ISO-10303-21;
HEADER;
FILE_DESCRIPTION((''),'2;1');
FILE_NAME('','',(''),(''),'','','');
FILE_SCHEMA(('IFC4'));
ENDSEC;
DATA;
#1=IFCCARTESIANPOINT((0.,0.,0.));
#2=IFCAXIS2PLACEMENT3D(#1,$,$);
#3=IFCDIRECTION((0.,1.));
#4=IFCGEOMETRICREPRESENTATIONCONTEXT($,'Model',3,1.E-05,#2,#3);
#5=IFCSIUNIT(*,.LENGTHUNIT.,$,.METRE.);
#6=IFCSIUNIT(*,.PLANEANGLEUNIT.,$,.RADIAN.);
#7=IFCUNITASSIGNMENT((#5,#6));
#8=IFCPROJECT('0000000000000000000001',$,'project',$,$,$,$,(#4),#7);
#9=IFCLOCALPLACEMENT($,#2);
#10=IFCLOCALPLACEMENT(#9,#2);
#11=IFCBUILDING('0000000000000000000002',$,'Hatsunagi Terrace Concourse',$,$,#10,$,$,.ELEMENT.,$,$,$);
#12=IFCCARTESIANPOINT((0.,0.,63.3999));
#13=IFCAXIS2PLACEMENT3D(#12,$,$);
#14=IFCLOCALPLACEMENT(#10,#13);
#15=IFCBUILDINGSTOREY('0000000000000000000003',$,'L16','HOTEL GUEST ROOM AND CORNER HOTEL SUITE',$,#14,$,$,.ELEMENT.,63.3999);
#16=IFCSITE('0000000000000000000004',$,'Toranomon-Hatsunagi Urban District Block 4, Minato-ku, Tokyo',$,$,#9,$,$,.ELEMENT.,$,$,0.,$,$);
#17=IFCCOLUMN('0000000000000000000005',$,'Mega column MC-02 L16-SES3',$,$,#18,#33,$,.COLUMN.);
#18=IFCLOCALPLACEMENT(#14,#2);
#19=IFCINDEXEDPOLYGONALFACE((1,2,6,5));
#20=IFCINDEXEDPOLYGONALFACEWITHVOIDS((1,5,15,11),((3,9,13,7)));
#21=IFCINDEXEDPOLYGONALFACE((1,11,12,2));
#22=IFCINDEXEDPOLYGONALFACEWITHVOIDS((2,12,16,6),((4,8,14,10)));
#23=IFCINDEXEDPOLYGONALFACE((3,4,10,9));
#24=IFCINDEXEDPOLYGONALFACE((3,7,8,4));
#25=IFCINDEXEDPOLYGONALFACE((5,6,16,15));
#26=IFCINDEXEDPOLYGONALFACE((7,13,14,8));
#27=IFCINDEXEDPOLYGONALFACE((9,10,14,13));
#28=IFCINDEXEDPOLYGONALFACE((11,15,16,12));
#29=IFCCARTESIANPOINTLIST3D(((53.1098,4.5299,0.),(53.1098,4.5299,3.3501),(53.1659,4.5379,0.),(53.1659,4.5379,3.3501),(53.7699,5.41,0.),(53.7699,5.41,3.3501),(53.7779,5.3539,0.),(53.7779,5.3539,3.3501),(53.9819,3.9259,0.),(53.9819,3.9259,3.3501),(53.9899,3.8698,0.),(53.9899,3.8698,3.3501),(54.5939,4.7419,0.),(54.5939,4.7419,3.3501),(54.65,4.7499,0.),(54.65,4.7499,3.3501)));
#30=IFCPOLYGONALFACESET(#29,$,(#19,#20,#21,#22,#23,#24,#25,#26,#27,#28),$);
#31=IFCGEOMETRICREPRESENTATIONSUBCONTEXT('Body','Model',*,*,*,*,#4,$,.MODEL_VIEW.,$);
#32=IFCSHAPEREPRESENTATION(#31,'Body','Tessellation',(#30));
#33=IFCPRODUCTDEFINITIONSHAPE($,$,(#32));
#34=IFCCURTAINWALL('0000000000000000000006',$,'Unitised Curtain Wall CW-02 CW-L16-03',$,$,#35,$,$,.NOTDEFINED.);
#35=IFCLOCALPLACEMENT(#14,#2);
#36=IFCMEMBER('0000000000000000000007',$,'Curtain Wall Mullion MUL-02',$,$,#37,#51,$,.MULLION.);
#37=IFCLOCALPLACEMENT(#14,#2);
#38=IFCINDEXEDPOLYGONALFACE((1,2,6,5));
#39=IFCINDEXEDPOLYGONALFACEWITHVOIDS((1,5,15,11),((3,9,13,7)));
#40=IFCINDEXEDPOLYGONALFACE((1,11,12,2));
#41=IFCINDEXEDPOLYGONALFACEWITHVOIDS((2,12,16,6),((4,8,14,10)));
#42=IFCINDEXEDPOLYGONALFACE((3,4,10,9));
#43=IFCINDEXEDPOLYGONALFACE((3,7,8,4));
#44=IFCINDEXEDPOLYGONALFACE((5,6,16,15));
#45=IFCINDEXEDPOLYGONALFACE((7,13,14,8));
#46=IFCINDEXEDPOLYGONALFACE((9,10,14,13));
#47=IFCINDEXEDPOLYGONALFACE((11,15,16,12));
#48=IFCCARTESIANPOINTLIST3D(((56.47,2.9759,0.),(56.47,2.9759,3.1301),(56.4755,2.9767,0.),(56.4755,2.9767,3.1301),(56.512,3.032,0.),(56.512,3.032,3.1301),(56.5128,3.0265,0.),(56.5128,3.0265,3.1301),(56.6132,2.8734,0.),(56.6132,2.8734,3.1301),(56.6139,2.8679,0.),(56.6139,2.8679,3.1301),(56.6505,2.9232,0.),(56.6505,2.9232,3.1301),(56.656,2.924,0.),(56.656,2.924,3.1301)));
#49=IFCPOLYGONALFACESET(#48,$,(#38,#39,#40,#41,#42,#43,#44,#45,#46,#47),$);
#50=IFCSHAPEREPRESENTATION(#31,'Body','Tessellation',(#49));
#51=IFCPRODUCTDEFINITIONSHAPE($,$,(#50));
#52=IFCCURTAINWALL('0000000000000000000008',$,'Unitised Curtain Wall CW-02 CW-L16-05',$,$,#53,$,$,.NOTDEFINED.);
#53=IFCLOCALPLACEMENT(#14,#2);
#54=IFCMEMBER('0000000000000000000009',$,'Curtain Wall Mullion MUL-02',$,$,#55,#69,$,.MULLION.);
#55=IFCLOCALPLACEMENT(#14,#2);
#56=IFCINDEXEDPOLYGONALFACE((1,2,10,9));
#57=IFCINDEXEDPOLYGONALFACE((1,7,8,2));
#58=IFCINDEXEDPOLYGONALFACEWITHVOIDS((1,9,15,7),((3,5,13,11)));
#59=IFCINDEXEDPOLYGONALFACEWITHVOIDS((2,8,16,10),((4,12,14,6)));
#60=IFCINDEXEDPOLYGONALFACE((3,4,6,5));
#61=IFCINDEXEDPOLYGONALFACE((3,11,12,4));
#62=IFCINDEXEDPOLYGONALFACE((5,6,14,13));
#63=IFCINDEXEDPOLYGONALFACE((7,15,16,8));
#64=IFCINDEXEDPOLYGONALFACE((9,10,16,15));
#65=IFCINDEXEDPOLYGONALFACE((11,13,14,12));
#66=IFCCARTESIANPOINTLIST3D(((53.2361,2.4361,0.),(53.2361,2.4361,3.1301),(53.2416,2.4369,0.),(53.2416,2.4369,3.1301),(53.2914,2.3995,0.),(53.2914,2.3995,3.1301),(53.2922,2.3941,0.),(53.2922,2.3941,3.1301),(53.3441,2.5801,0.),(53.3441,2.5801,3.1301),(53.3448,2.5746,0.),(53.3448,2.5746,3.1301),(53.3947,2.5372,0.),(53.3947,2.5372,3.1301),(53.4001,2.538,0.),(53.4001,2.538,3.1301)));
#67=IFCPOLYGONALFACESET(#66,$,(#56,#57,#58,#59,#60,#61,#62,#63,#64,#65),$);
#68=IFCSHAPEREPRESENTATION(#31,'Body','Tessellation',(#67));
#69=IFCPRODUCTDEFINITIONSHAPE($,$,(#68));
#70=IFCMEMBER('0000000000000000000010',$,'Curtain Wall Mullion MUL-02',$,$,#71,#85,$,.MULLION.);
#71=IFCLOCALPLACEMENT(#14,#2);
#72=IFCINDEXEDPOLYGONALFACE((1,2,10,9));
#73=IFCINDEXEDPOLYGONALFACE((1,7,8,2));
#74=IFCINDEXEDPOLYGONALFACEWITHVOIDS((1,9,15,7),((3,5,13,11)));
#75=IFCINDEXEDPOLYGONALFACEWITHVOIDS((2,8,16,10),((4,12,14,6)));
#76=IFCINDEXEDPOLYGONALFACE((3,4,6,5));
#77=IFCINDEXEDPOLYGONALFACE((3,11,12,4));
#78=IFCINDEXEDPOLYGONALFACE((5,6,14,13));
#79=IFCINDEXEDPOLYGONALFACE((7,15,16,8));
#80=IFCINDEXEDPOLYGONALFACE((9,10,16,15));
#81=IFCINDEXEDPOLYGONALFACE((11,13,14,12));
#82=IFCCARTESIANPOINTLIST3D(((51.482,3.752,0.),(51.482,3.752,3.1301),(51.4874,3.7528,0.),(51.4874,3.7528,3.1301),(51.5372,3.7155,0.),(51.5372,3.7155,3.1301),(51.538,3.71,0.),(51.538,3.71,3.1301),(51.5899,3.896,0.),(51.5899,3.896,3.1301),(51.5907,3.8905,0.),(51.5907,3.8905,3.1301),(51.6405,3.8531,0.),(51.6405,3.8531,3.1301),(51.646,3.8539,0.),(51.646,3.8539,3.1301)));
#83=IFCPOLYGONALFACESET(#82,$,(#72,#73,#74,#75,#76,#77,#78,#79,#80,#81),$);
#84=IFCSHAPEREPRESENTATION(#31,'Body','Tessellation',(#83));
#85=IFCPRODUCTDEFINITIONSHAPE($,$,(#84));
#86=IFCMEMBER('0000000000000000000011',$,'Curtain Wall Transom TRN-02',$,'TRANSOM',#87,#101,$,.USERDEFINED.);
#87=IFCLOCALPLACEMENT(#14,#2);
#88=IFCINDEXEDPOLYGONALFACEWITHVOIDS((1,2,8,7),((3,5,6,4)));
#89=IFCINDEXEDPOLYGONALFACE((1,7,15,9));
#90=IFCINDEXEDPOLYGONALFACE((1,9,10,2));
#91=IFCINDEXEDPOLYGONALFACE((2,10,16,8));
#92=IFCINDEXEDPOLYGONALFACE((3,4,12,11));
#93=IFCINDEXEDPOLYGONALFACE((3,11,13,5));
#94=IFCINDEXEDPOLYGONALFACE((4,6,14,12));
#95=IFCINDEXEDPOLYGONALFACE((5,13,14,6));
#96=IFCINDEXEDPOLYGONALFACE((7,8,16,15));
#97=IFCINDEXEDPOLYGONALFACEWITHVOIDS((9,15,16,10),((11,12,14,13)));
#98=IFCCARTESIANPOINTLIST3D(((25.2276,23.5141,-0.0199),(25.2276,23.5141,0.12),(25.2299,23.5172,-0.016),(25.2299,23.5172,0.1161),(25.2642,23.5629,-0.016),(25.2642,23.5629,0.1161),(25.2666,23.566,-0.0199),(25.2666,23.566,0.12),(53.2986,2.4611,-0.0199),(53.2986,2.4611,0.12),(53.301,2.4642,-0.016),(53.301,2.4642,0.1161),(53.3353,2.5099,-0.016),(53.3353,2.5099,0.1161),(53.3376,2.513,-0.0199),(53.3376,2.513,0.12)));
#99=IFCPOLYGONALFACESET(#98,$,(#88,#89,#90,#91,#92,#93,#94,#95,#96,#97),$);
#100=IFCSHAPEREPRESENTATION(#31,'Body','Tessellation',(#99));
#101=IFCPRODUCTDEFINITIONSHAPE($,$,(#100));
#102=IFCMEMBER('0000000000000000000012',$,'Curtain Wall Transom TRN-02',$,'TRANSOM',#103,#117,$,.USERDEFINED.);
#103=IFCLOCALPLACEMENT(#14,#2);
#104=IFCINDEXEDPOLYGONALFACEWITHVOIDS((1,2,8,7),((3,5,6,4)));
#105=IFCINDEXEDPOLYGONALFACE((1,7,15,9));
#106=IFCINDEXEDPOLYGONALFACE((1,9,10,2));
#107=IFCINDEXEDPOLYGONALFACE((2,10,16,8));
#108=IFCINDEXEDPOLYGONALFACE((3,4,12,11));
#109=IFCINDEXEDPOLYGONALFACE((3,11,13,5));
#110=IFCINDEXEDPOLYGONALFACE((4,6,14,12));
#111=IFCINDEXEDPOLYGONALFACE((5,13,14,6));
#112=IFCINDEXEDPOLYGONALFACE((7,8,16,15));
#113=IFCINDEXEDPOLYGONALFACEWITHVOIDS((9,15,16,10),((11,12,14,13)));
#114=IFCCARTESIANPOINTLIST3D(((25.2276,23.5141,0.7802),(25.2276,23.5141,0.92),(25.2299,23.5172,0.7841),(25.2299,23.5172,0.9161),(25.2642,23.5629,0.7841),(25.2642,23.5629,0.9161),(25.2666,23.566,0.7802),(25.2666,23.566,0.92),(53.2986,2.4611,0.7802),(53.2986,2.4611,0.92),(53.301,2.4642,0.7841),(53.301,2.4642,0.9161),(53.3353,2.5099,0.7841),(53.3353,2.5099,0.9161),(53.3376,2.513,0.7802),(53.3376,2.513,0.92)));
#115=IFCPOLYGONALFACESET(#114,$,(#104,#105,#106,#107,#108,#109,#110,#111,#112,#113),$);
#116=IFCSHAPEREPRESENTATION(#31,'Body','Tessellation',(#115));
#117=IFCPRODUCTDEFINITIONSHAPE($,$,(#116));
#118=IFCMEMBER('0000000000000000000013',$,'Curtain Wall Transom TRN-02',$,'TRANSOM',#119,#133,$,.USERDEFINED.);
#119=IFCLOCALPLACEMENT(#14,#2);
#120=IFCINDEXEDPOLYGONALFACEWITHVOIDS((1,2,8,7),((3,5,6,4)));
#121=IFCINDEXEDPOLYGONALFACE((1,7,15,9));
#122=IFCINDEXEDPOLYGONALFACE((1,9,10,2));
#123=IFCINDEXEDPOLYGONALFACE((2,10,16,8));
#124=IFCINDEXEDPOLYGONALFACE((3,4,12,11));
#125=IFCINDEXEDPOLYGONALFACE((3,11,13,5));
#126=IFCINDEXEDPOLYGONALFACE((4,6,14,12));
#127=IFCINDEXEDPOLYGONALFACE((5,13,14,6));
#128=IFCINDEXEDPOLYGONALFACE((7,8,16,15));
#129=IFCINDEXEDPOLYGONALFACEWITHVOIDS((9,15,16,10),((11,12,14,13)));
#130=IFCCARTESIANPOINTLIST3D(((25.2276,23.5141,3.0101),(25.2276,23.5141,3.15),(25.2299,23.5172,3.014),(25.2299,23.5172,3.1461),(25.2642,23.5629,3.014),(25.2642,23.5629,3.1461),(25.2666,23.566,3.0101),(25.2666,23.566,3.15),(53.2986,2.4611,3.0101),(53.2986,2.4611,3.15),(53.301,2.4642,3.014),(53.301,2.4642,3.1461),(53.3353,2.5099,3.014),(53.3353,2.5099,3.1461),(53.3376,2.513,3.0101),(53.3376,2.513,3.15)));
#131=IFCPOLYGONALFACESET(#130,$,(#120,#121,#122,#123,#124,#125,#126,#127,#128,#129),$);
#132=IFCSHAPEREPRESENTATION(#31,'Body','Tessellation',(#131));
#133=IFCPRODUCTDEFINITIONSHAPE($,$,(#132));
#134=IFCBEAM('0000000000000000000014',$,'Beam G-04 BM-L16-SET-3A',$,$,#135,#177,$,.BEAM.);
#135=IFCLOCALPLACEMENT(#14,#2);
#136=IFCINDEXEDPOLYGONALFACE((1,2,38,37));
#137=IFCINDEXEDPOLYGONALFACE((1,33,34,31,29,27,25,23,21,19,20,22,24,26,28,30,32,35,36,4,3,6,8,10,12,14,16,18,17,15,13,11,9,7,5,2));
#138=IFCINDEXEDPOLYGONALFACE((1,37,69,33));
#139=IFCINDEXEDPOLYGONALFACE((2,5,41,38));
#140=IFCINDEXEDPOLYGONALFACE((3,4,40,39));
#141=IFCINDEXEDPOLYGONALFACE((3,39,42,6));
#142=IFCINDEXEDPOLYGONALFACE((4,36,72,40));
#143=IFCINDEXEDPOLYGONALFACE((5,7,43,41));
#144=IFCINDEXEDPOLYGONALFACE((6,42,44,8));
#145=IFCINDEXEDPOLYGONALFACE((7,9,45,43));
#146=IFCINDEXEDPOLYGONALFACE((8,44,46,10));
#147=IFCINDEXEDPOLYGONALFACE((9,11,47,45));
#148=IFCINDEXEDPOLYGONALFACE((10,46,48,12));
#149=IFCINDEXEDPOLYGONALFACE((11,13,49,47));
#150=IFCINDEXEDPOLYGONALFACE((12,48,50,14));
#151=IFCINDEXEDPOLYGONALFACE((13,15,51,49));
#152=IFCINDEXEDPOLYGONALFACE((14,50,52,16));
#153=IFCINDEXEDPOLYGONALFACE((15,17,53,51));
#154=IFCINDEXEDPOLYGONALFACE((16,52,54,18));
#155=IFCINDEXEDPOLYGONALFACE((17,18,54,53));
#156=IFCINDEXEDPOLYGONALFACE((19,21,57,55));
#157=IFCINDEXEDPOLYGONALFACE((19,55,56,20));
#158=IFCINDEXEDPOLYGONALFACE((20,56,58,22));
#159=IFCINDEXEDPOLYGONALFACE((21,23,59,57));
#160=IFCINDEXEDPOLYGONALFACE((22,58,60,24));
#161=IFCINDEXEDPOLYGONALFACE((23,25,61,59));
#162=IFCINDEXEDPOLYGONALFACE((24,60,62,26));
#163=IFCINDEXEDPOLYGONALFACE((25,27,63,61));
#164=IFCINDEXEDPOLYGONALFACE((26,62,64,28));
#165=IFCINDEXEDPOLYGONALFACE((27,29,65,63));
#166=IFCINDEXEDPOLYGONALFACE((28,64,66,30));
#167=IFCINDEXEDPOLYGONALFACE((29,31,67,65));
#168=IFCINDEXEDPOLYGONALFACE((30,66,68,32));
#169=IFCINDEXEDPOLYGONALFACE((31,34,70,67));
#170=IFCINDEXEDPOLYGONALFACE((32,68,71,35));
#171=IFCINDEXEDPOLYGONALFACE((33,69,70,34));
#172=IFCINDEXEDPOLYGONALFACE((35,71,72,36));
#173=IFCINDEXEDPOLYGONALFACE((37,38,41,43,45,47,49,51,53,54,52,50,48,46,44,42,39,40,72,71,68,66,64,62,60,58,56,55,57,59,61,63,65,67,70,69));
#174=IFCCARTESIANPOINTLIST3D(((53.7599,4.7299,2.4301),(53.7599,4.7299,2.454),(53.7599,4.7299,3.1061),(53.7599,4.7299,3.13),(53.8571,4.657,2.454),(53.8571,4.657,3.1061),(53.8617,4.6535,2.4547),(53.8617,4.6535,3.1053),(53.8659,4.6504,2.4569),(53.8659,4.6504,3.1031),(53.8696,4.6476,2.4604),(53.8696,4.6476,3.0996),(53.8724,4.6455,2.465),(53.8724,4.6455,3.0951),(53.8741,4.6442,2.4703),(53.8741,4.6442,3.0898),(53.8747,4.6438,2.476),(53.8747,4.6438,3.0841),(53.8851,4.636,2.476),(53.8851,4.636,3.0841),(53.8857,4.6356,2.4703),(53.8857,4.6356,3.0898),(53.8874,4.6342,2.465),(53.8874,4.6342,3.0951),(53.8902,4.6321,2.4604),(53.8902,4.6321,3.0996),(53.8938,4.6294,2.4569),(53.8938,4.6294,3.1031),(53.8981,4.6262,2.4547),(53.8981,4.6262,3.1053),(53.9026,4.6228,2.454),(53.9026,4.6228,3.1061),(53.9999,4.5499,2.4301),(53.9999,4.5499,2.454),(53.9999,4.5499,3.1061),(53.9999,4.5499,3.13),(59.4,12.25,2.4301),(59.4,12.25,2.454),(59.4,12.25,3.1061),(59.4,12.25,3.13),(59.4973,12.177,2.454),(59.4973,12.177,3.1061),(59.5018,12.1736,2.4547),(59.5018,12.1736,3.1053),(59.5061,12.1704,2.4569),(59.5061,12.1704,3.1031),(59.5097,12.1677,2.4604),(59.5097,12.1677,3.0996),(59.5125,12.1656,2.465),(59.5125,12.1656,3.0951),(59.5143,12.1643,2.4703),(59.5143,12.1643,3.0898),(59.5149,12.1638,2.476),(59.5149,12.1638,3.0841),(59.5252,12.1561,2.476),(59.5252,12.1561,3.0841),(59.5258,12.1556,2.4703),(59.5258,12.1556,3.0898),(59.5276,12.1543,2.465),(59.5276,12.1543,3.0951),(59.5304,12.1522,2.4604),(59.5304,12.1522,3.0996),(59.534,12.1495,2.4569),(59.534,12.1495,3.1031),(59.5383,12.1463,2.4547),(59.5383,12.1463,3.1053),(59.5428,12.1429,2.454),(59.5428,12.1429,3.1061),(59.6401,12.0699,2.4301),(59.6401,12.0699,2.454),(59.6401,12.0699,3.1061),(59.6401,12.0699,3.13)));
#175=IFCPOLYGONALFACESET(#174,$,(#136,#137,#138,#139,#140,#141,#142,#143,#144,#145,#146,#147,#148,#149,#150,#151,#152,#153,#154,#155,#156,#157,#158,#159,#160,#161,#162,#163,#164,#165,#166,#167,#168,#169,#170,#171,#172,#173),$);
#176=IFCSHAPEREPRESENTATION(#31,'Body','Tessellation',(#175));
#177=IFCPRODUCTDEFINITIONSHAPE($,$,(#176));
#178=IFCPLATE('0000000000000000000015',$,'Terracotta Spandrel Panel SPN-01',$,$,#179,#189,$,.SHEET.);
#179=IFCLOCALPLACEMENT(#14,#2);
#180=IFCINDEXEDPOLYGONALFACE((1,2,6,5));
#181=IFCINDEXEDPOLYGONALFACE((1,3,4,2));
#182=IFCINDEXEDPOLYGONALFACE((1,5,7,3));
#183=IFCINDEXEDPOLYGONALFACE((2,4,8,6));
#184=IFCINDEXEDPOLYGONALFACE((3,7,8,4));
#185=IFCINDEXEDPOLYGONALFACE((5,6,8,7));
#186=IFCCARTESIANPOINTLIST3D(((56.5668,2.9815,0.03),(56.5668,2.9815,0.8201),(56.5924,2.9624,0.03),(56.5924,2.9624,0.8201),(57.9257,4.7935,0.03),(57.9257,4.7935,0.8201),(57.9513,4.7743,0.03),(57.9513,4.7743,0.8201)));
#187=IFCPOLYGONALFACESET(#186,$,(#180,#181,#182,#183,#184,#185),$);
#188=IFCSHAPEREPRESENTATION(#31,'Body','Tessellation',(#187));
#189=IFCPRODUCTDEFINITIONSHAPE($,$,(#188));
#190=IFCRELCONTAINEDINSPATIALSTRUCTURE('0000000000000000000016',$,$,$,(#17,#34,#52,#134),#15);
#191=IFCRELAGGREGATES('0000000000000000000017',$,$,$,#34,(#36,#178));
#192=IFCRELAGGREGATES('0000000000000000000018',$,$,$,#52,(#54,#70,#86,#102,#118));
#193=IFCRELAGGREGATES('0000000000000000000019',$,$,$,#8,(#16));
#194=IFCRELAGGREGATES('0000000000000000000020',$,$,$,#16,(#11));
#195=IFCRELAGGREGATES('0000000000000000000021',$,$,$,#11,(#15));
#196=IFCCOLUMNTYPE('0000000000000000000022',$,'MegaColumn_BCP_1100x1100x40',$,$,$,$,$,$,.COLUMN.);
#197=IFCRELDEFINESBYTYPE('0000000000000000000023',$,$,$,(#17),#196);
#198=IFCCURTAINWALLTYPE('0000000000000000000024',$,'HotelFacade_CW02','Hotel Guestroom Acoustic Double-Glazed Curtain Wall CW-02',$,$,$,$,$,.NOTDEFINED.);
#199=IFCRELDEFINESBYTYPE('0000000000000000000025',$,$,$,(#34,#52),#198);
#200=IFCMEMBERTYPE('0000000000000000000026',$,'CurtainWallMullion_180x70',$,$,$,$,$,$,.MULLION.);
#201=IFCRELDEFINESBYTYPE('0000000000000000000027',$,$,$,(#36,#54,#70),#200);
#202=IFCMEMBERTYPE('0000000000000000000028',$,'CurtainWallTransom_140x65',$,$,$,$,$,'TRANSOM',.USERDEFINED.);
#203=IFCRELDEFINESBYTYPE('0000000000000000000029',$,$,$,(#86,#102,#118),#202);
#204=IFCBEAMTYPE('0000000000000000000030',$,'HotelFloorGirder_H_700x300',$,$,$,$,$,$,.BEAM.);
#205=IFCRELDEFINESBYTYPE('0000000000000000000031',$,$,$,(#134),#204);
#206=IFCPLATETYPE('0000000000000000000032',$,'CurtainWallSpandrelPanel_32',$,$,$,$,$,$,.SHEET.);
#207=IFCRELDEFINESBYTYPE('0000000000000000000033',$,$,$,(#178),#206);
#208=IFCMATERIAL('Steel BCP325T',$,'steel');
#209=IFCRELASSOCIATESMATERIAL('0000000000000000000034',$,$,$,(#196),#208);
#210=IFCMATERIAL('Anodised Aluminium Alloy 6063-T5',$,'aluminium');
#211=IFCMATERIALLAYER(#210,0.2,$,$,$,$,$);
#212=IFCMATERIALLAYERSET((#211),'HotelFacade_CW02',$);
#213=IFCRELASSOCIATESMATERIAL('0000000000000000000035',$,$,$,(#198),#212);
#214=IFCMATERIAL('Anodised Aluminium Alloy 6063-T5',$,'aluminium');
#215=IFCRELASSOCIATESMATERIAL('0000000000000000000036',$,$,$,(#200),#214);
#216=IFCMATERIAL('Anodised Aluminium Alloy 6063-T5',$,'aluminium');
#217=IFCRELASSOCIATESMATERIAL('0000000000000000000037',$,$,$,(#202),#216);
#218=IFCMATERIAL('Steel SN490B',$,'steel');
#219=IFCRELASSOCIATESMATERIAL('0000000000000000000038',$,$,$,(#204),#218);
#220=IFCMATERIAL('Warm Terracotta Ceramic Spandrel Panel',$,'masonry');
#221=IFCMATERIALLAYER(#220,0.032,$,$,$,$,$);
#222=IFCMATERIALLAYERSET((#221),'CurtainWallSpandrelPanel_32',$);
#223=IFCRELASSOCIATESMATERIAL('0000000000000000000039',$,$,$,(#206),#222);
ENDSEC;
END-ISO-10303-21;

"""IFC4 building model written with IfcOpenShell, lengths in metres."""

from ifc_helpers import new_model, si_unit, direction, frame, origin, origin_2d, place, context, subcontext, project, spatial, rectangle, hollow_rectangle, i_section, extrude, material, layer, layer_set, material_profile, profile_set, type_object, element, aggregate, save


model = new_model("IFC4")

# Units and contexts
model_context = context("Model", 3, precision=1e-05, world=origin(), true_north=direction((0.0, 1.0)))
body_context = subcontext(model_context, "Body", "Model", "MODEL_VIEW")
ifc_project = project(units=[si_unit("LENGTHUNIT", "METRE"), si_unit("PLANEANGLEUNIT", "RADIAN")], contexts=[model_context])

# Site, building, storey
site_placement = place(None, origin())
site = spatial("IfcSite", under=ifc_project, at=site_placement, Name="Toranomon-Hatsunagi Urban District Block 4, Minato-ku, Tokyo", CompositionType="ELEMENT", RefElevation=0.0)
building_placement = place(site_placement, origin())
building = spatial("IfcBuilding", under=site, at=building_placement, Name="Hatsunagi Terrace Concourse", CompositionType="ELEMENT")
storey_placement = place(building_placement, frame((0.0, 0.0, 63.3999)))
storey = spatial("IfcBuildingStorey", under=building, at=storey_placement, Name="L16", Description="HOTEL GUEST ROOM AND CORNER HOTEL SUITE", CompositionType="ELEMENT", Elevation=63.3999)

# Column
ifc_material_1 = material(Name="Steel BCP325T", Category="steel")
ifc_material_profile_1 = material_profile(ifc_material_1, hollow_rectangle(XDim=1.1001, YDim=1.1001, WallThickness=0.04, at=origin_2d()), Name="BCP-1100x1100x40")
ifc_profile_set_1 = profile_set([ifc_material_profile_1], Name="Steel BCP325T")
column_type = type_object("IfcColumnType", Name="MegaColumn_BCP_1100x1100x40", PredefinedType="COLUMN", material=ifc_profile_set_1)
column_placement = place(storey_placement, frame((53.8799, 4.6399, 0.0), z_axis=(0.0, 0.0, 1.0), x_axis=(0.8, -0.6, 0.0)))
element("IfcColumn", 1, at=column_placement, inside=storey, type_object=column_type, Name="Mega column MC-02 L16-SES3", PredefinedType="COLUMN", context=body_context, shape_type="SweptSolid", body=[
    extrude(hollow_rectangle(XDim=1.1001, YDim=1.1001, WallThickness=0.04, at=origin_2d()), origin(), (0.0, 0.0, 1.0), 3.3501),
])

# Curtain wall, member
ifc_material_2 = material(Name="Anodised Aluminium Alloy 6063-T5", Category="aluminium")
ifc_layer_1 = layer(ifc_material_2, 0.2)
ifc_layer_set_1 = layer_set([ifc_layer_1], Name="HotelFacade_CW02")
curtain_wall_type = type_object("IfcCurtainWallType", Name="HotelFacade_CW02", Description="Hotel Guestroom Acoustic Double-Glazed Curtain Wall CW-02", PredefinedType="NOTDEFINED", material=ifc_layer_set_1)
curtain_wall_1_placement = place(storey_placement, origin())
curtain_wall_1 = element("IfcCurtainWall", 2, at=curtain_wall_1_placement, inside=storey, type_object=curtain_wall_type, Name="Unitised Curtain Wall CW-02 CW-L16-03", PredefinedType="NOTDEFINED")
ifc_material_3 = material(Name="Anodised Aluminium Alloy 6063-T5", Category="aluminium")
ifc_material_profile_2 = material_profile(ifc_material_3, hollow_rectangle(XDim=0.0701, YDim=0.1799, WallThickness=0.0039, at=origin_2d()), Name="ALU-MUL-180x70x4")
ifc_profile_set_2 = profile_set([ifc_material_profile_2], Name="Anodised Aluminium Alloy 6063-T5")
member_type_1 = type_object("IfcMemberType", Name="CurtainWallMullion_180x70", PredefinedType="MULLION", material=ifc_profile_set_2)
member_1_placement = place(storey_placement, frame((56.563, 2.95, 0.0), z_axis=(0.0, 0.0, 1.0), x_axis=(-0.599969, -0.800023, 0.0)))
member_1 = element("IfcMember", 3, at=member_1_placement, type_object=member_type_1, Name="Curtain Wall Mullion MUL-02", PredefinedType="MULLION", context=body_context, shape_type="SweptSolid", body=[
    extrude(hollow_rectangle(XDim=0.0701, YDim=0.1799, WallThickness=0.0039, at=origin_2d()), origin(), (0.0, 0.0, 1.0), 3.1301),
])

# Curtain wall, members
curtain_wall_2_placement = place(storey_placement, origin())
curtain_wall_2 = element("IfcCurtainWall", 4, at=curtain_wall_2_placement, inside=storey, type_object=curtain_wall_type, Name="Unitised Curtain Wall CW-02 CW-L16-05", PredefinedType="NOTDEFINED")
member_2_placement = place(storey_placement, frame((53.3181, 2.4871, 0.0), z_axis=(0.0, 0.0, 1.0), x_axis=(-0.800003, 0.599996, 0.0)))
member_2 = element("IfcMember", 5, at=member_2_placement, type_object=member_type_1, Name="Curtain Wall Mullion MUL-02", PredefinedType="MULLION", context=body_context, shape_type="SweptSolid", body=[
    extrude(hollow_rectangle(XDim=0.0701, YDim=0.1799, WallThickness=0.0039, at=origin_2d()), origin(), (0.0, 0.0, 1.0), 3.1301),
])
member_3_placement = place(storey_placement, frame((51.564, 3.803, 0.0), z_axis=(0.0, 0.0, 1.0), x_axis=(-0.800003, 0.599996, 0.0)))
member_3 = element("IfcMember", 6, at=member_3_placement, type_object=member_type_1, Name="Curtain Wall Mullion MUL-02", PredefinedType="MULLION", context=body_context, shape_type="SweptSolid", body=[
    extrude(hollow_rectangle(XDim=0.0701, YDim=0.1799, WallThickness=0.0039, at=origin_2d()), origin(), (0.0, 0.0, 1.0), 3.1301),
])
ifc_material_4 = material(Name="Anodised Aluminium Alloy 6063-T5", Category="aluminium")
ifc_material_profile_3 = material_profile(ifc_material_4, hollow_rectangle(XDim=0.0649, YDim=0.1399, WallThickness=0.0039, at=origin_2d()), Name="ALU-TRN-140x65x4")
ifc_profile_set_3 = profile_set([ifc_material_profile_3], Name="Anodised Aluminium Alloy 6063-T5")
member_type_2 = type_object("IfcMemberType", Name="CurtainWallTransom_140x65", ElementType="TRANSOM", PredefinedType="USERDEFINED", material=ifc_profile_set_3)
member_4_placement = place(storey_placement, frame((53.3181, 2.4871, 0.05), z_axis=(-0.800004, 0.599994, 0.0), x_axis=(-0.599994, -0.800004, 0.0)))
member_4 = element("IfcMember", 7, at=member_4_placement, type_object=member_type_2, Name="Curtain Wall Transom TRN-02", ObjectType="TRANSOM", PredefinedType="USERDEFINED", context=body_context, shape_type="SweptSolid", body=[
    extrude(hollow_rectangle(XDim=0.0649, YDim=0.1399, WallThickness=0.0039, at=origin_2d()), origin(), (0.0, 0.0, 1.0), 35.0886),
])
member_5_placement = place(storey_placement, frame((53.3181, 2.4871, 0.8501), z_axis=(-0.800004, 0.599994, 0.0), x_axis=(-0.599994, -0.800004, 0.0)))
member_5 = element("IfcMember", 8, at=member_5_placement, type_object=member_type_2, Name="Curtain Wall Transom TRN-02", ObjectType="TRANSOM", PredefinedType="USERDEFINED", context=body_context, shape_type="SweptSolid", body=[
    extrude(hollow_rectangle(XDim=0.0649, YDim=0.1399, WallThickness=0.0039, at=origin_2d()), origin(), (0.0, 0.0, 1.0), 35.0886),
])
member_6_placement = place(storey_placement, frame((53.3181, 2.4871, 3.0801), z_axis=(-0.800004, 0.599994, 0.0), x_axis=(-0.599994, -0.800004, 0.0)))
member_6 = element("IfcMember", 9, at=member_6_placement, type_object=member_type_2, Name="Curtain Wall Transom TRN-02", ObjectType="TRANSOM", PredefinedType="USERDEFINED", context=body_context, shape_type="SweptSolid", body=[
    extrude(hollow_rectangle(XDim=0.0649, YDim=0.1399, WallThickness=0.0039, at=origin_2d()), origin(), (0.0, 0.0, 1.0), 35.0886),
])

# Beam
ifc_material_5 = material(Name="Steel SN490B", Category="steel")
ifc_material_profile_4 = material_profile(ifc_material_5, i_section(OverallWidth=0.3, OverallDepth=0.7, WebThickness=0.0129, FlangeThickness=0.0239, FilletRadius=0.022, at=origin_2d()), Name="H-700x300x13x24")
ifc_profile_set_4 = profile_set([ifc_material_profile_4], Name="Steel SN490B")
beam_type = type_object("IfcBeamType", Name="HotelFloorGirder_H_700x300", PredefinedType="BEAM", material=ifc_profile_set_4)
beam_placement = place(storey_placement, frame((53.8799, 4.6399, 2.78), z_axis=(0.600008, 0.799994, 0.0), x_axis=(-0.799994, 0.600008, 0.0)))
element("IfcBeam", 10, at=beam_placement, inside=storey, type_object=beam_type, Name="Beam G-04 BM-L16-SET-3A", PredefinedType="BEAM", context=body_context, shape_type="SweptSolid", body=[
    extrude(i_section(OverallWidth=0.3, OverallDepth=0.7, WebThickness=0.0129, FlangeThickness=0.0239, FilletRadius=0.022, at=origin_2d()), origin(), (0.0, 0.0, 1.0), 9.4001),
])

# Plate
ifc_material_6 = material(Name="Warm Terracotta Ceramic Spandrel Panel", Category="masonry")
ifc_layer_2 = layer(ifc_material_6, 0.032)
ifc_layer_set_2 = layer_set([ifc_layer_2], Name="CurtainWallSpandrelPanel_32")
plate_type_1 = type_object("IfcPlateType", Name="CurtainWallSpandrelPanel_32", PredefinedType="SHEET", material=ifc_layer_set_2)
plate_1_placement = place(storey_placement, frame((57.259, 3.8779, 0.03), z_axis=(0.0, 0.0, 1.0), x_axis=(-0.599969, -0.800023, 0.0)))
plate_1 = element("IfcPlate", 11, at=plate_1_placement, type_object=plate_type_1, Name="Terracotta Spandrel Panel SPN-01", PredefinedType="SHEET", context=body_context, shape_type="SweptSolid", body=[
    extrude(rectangle(XDim=2.2649, YDim=0.032, at=origin_2d()), origin(), (0.0, 0.0, 1.0), 0.79),
])
aggregate(curtain_wall_1, [member_1, plate_1])
aggregate(curtain_wall_2, [member_2, member_3, member_4, member_5, member_6])

save(model, "model.ifc")
